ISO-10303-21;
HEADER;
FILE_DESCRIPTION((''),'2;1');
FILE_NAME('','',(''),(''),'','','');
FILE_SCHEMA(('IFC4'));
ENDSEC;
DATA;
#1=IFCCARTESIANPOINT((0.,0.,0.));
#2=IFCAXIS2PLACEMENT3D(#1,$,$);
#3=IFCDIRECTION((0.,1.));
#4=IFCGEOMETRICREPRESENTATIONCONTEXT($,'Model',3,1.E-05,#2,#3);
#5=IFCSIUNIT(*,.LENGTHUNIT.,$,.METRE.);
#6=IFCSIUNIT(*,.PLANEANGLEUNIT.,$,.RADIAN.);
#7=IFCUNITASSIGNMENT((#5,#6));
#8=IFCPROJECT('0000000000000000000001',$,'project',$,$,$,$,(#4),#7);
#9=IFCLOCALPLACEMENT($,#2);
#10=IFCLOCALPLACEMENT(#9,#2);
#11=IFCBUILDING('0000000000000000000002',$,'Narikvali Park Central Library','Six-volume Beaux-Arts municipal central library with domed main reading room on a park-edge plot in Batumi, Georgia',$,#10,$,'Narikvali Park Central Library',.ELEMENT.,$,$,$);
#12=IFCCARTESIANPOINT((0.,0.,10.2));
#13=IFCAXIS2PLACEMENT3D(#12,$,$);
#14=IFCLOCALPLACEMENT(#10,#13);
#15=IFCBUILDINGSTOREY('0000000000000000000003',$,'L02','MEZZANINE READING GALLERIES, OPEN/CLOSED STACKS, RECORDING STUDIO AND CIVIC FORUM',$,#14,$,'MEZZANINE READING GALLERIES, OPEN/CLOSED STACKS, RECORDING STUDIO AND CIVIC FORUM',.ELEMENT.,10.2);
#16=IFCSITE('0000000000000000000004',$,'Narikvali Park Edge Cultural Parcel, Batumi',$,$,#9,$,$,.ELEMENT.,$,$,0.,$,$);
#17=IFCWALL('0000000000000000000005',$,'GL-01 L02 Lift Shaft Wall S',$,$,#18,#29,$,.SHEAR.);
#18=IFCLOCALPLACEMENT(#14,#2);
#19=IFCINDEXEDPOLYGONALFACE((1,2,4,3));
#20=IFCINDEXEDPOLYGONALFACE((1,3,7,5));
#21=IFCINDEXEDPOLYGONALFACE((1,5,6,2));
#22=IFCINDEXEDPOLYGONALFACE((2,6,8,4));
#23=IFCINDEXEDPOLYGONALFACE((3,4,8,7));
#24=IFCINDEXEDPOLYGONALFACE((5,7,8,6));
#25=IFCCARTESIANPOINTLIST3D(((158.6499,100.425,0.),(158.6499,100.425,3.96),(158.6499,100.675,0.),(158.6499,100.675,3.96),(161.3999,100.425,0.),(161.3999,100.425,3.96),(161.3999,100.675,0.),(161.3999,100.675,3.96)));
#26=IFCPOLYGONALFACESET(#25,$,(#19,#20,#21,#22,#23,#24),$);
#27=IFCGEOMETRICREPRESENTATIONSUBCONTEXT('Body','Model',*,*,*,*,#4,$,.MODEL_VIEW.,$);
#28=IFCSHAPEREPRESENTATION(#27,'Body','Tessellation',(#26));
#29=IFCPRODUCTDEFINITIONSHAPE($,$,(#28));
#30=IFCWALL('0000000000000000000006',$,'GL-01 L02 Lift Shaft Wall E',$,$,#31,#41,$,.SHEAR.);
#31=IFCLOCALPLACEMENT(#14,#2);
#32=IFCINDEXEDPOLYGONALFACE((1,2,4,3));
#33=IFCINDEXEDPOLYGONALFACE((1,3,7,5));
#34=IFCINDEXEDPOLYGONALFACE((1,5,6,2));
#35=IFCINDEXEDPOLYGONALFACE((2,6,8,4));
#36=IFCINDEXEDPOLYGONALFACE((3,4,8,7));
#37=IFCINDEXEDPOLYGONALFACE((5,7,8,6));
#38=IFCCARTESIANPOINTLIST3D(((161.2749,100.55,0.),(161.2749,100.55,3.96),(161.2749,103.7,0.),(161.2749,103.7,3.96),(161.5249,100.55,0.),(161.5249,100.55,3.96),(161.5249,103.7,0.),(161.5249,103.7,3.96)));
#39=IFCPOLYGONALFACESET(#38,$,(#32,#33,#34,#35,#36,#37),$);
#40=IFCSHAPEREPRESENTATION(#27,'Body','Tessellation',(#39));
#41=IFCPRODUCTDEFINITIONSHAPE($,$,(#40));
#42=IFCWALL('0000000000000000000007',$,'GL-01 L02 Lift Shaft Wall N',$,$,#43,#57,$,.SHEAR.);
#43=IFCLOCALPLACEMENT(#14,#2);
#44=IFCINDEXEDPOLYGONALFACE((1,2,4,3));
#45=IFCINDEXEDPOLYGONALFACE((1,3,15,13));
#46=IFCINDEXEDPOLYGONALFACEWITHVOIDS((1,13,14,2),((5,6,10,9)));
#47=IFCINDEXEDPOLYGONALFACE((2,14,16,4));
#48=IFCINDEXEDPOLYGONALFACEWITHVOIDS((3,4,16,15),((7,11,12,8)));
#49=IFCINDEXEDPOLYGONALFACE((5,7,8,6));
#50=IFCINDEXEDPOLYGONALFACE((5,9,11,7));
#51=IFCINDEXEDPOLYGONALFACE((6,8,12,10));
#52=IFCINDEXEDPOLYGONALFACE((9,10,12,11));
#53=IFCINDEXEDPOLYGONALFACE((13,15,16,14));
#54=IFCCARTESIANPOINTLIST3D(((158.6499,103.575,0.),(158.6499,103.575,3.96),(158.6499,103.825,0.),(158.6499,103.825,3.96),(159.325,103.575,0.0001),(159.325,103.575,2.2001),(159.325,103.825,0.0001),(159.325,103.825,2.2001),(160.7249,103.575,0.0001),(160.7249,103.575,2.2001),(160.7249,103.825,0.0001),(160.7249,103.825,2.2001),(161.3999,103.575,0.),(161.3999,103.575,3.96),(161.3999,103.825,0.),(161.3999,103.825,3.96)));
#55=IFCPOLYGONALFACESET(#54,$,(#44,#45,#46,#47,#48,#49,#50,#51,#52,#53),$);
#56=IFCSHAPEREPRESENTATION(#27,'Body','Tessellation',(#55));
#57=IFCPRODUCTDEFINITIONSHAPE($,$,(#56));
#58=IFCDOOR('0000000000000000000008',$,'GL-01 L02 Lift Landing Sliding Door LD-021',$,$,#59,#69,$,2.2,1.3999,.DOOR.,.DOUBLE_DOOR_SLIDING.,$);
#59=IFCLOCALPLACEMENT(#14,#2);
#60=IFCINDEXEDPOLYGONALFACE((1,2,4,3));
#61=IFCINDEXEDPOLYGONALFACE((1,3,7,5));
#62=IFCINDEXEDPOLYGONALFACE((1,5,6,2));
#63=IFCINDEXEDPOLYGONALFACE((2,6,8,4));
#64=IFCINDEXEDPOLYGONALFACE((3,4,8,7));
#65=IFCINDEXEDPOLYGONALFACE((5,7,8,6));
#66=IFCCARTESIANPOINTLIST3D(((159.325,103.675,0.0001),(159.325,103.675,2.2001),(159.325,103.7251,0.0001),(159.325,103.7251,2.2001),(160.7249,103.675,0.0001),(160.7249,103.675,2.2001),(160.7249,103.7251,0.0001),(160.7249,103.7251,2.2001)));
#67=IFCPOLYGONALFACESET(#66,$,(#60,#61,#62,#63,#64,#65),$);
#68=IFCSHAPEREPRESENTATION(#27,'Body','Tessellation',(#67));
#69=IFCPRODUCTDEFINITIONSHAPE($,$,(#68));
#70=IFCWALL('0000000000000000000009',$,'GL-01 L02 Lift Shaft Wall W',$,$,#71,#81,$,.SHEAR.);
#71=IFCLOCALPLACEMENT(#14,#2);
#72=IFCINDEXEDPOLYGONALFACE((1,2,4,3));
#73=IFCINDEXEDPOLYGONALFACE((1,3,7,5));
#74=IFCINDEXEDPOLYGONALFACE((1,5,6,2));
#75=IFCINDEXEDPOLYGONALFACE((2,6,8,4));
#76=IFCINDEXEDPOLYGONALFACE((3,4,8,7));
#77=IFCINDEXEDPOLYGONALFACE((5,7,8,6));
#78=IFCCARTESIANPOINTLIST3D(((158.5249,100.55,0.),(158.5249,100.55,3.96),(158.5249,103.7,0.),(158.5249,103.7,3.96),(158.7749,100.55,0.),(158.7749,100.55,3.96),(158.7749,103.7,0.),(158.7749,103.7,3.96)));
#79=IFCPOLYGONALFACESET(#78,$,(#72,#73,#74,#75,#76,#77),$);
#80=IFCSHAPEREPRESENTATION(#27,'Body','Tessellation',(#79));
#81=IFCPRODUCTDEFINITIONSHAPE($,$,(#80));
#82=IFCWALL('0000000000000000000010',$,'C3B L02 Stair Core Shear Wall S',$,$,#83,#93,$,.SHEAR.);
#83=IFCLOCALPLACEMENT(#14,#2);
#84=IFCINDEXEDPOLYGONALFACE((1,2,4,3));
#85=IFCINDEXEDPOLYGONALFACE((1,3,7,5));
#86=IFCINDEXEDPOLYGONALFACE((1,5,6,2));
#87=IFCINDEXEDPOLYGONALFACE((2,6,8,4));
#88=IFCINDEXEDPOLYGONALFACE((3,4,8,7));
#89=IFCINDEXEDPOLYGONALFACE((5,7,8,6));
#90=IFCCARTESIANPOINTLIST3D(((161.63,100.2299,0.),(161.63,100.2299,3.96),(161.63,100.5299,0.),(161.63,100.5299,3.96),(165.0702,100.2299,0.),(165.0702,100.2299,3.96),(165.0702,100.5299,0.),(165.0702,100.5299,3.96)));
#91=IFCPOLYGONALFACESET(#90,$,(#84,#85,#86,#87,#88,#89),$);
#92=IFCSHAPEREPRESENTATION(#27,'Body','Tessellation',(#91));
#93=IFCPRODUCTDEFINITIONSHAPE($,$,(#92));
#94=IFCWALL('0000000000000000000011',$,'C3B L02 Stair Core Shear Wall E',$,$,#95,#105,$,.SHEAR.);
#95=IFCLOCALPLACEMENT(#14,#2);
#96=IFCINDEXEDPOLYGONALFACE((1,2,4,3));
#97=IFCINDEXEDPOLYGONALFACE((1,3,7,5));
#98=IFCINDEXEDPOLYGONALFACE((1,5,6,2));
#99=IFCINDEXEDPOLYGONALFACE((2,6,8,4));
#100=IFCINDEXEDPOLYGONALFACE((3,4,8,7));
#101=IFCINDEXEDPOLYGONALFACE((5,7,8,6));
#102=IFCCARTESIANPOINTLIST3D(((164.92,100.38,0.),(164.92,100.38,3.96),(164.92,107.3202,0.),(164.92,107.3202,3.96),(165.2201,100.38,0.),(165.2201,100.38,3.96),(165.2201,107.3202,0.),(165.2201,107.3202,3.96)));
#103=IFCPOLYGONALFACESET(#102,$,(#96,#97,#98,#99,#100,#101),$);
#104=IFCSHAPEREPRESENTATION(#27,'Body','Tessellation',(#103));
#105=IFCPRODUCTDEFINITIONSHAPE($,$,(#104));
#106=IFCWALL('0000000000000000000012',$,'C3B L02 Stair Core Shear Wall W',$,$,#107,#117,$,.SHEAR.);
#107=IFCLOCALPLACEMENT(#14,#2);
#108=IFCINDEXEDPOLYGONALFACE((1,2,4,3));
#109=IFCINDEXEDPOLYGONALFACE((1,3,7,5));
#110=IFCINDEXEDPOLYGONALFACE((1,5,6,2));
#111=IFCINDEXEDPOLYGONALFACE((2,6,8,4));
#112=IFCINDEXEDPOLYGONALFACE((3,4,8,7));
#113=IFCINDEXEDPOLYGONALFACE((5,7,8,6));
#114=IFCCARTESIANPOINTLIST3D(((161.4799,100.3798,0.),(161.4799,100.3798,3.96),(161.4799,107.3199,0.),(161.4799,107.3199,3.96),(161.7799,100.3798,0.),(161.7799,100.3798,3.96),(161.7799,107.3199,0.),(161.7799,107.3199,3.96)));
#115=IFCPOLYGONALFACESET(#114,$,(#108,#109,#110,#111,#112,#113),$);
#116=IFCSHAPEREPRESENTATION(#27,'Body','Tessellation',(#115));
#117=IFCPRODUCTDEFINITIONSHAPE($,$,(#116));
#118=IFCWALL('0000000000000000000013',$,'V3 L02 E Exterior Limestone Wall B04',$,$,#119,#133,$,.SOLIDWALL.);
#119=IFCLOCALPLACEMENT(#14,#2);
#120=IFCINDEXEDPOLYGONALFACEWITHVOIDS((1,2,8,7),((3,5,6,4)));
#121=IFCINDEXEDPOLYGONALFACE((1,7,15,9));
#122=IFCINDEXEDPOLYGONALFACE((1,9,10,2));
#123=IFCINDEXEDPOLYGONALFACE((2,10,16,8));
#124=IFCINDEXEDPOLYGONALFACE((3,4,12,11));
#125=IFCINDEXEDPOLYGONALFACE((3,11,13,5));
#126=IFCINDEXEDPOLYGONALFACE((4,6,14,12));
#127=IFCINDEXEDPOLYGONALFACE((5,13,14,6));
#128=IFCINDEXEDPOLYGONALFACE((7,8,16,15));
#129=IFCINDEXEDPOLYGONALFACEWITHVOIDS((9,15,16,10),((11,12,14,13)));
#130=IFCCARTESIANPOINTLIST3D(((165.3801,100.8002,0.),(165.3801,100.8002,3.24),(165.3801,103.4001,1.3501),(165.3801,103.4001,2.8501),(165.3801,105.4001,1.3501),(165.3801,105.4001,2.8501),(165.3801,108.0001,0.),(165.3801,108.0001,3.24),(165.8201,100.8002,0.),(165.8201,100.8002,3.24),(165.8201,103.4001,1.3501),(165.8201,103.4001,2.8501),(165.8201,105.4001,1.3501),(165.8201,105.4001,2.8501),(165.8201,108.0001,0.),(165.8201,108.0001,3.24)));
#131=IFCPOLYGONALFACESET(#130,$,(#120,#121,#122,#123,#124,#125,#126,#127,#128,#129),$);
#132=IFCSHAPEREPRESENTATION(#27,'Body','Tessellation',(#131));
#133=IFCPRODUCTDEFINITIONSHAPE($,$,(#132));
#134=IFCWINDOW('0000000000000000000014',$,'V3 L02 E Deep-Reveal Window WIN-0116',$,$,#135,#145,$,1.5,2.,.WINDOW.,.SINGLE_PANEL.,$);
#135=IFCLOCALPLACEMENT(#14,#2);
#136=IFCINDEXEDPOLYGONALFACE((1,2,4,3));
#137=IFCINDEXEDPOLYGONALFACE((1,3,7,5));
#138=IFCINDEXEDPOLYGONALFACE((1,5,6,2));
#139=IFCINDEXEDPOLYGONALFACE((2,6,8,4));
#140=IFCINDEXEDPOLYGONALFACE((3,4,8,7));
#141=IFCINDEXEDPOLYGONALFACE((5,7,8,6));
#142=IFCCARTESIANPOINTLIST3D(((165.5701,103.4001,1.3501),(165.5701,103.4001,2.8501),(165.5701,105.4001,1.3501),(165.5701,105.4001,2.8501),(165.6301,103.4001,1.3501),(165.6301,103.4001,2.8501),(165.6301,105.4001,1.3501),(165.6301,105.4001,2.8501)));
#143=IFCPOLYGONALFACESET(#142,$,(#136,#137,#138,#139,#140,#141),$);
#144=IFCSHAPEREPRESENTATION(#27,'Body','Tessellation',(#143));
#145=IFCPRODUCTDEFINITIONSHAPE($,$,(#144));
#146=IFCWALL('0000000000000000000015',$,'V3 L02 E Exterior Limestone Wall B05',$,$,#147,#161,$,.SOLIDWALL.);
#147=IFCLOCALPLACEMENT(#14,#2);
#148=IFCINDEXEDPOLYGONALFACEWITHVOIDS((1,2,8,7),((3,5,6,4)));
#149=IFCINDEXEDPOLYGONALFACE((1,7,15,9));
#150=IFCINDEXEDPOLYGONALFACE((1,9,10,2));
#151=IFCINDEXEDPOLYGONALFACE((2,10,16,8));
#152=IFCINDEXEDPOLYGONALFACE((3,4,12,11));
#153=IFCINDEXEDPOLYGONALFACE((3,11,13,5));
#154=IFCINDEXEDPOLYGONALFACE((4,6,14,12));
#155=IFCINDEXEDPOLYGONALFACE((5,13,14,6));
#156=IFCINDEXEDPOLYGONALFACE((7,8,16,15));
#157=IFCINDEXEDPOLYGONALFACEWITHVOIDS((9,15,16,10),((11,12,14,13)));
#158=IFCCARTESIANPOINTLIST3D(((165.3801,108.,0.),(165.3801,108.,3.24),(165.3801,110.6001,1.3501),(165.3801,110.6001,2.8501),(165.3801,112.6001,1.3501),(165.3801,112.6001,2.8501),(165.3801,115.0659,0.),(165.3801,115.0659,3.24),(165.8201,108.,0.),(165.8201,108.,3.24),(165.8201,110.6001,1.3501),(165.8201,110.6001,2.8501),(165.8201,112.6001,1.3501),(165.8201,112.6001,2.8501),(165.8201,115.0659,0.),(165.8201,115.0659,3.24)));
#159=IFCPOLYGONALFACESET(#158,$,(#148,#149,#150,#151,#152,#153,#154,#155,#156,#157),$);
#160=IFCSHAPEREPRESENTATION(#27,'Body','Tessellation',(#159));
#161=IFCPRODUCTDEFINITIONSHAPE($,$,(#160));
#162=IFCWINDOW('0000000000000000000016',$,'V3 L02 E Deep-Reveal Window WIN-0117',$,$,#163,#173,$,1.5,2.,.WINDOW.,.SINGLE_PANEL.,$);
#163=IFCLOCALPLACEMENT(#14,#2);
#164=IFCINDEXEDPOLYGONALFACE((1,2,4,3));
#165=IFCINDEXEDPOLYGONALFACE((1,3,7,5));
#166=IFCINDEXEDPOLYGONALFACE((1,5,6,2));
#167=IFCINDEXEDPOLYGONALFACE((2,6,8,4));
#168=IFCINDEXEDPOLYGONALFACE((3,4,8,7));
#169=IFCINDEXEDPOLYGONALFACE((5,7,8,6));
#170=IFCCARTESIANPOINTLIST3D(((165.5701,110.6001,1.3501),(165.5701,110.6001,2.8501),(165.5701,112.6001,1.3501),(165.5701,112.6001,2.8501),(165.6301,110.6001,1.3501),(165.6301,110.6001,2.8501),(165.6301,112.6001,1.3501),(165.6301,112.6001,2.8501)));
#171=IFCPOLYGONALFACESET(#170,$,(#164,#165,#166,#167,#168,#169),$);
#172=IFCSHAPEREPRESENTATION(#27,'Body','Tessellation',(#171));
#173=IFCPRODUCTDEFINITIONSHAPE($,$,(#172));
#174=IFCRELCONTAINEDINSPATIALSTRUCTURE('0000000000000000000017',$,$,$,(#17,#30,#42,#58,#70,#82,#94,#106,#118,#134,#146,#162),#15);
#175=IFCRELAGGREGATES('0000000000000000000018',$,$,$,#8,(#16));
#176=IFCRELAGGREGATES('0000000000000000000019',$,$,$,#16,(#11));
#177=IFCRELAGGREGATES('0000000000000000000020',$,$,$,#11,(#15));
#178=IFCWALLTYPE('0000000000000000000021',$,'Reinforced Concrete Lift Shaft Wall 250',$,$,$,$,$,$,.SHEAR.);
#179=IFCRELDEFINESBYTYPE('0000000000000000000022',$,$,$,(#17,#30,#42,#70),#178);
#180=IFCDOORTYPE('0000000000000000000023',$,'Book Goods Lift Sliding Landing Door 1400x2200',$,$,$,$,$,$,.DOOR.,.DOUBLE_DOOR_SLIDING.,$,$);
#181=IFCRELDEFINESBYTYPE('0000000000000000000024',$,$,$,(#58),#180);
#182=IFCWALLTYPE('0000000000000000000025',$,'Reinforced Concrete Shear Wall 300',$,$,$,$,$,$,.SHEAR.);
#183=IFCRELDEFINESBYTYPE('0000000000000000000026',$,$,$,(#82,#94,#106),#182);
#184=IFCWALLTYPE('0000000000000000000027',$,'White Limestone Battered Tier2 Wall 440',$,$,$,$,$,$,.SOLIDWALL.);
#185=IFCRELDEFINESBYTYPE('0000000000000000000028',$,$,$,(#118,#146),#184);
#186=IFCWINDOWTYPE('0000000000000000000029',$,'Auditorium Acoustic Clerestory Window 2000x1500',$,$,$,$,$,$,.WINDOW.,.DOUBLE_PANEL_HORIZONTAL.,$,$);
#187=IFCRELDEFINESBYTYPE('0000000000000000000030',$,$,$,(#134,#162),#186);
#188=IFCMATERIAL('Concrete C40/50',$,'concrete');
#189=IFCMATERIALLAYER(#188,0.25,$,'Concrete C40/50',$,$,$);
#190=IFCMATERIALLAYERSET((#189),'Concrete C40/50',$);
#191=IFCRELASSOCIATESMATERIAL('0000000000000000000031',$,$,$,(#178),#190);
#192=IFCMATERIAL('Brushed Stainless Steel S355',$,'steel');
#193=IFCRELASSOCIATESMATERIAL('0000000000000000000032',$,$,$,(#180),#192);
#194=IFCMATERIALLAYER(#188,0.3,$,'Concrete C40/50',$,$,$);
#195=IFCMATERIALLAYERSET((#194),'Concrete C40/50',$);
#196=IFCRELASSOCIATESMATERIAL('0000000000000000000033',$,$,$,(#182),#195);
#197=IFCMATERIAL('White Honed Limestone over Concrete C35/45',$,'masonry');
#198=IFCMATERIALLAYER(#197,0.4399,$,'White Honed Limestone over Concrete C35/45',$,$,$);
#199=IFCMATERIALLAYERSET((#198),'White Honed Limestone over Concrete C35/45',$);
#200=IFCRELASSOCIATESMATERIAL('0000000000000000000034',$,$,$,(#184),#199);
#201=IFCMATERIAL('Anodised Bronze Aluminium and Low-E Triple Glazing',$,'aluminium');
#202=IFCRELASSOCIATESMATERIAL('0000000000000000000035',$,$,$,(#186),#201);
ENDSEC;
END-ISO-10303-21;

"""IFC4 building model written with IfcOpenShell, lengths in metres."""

from ifc_helpers import new_model, si_unit, direction, frame, frame_2d, origin, place, context, subcontext, project, spatial, rectangle, extrude, material, layer, layer_set, type_object, element, fill, save


model = new_model("IFC4")

# Units and contexts
model_context = context("Model", 3, precision=1e-05, world=origin(), true_north=direction((0.0, 1.0)))
body_context = subcontext(model_context, "Body", "Model", "MODEL_VIEW")
ifc_project = project(units=[si_unit("LENGTHUNIT", "METRE"), si_unit("PLANEANGLEUNIT", "RADIAN")], contexts=[model_context])

# Site, building, storey
site_placement = place(None, origin())
site = spatial("IfcSite", under=ifc_project, at=site_placement, Name="Narikvali Park Edge Cultural Parcel, Batumi", CompositionType="ELEMENT", RefElevation=0.0)
building_placement = place(site_placement, origin())
building = spatial("IfcBuilding", under=site, at=building_placement, Name="Narikvali Park Central Library", Description="Six-volume Beaux-Arts municipal central library with domed main reading room on a park-edge plot in Batumi, Georgia", LongName="Narikvali Park Central Library", CompositionType="ELEMENT")
storey_placement = place(building_placement, frame((0.0, 0.0, 10.2)))
storey = spatial("IfcBuildingStorey", under=building, at=storey_placement, Name="L02", Description="MEZZANINE READING GALLERIES, OPEN/CLOSED STACKS, RECORDING STUDIO AND CIVIC FORUM", LongName="MEZZANINE READING GALLERIES, OPEN/CLOSED STACKS, RECORDING STUDIO AND CIVIC FORUM", CompositionType="ELEMENT", Elevation=10.2)

# Walls
ifc_material_1 = material(Name="Concrete C40/50", Category="concrete")
ifc_layer_1 = layer(ifc_material_1, 0.25, Name="Concrete C40/50")
ifc_layer_set_1 = layer_set([ifc_layer_1], Name="Concrete C40/50")
wall_type_1 = type_object("IfcWallType", Name="Reinforced Concrete Lift Shaft Wall 250", PredefinedType="SHEAR", material=ifc_layer_set_1)
wall_1_placement = place(storey_placement, frame((158.6499, 100.55, 0.0), z_axis=(0.0, 0.0, 1.0), x_axis=(1.0, 0.0, 0.0)))
element("IfcWall", 1, at=wall_1_placement, inside=storey, type_object=wall_type_1, Name="GL-01 L02 Lift Shaft Wall S", PredefinedType="SHEAR", context=body_context, shape_type="SweptSolid", body=[
    extrude(rectangle(XDim=2.75, YDim=0.25, at=frame_2d((1.375, 0.0))), origin(), (0.0, 0.0, 1.0), 3.96),
])
wall_2_placement = place(storey_placement, frame((161.3999, 100.55, 0.0), z_axis=(0.0, 0.0, 1.0), x_axis=(0.0, 1.0, 0.0)))
element("IfcWall", 2, at=wall_2_placement, inside=storey, type_object=wall_type_1, Name="GL-01 L02 Lift Shaft Wall E", PredefinedType="SHEAR", context=body_context, shape_type="SweptSolid", body=[
    extrude(rectangle(XDim=3.1499, YDim=0.25, at=frame_2d((1.575, 0.0))), origin(), (0.0, 0.0, 1.0), 3.96),
])

# Wall, opening, door
wall_3_placement = place(storey_placement, frame((161.3999, 103.7, 0.0), z_axis=(0.0, 0.0, 1.0), x_axis=(-1.0, 0.0, 0.0)))
wall_3 = element("IfcWall", 3, at=wall_3_placement, inside=storey, type_object=wall_type_1, Name="GL-01 L02 Lift Shaft Wall N", PredefinedType="SHEAR", context=body_context, shape_type="SweptSolid", body=[
    extrude(rectangle(XDim=2.75, YDim=0.25, at=frame_2d((1.375, 0.0))), origin(), (0.0, 0.0, 1.0), 3.96),
])
opening_1_placement = place(wall_3_placement, frame((0.675, 0.0, 0.0)))
opening_1 = element("IfcOpeningElement", 4, at=opening_1_placement, cuts=wall_3, PredefinedType="OPENING", context=body_context, shape_type="SweptSolid", body=[
    extrude(rectangle(XDim=1.3999, YDim=2.2, at=frame_2d((0.7, 1.1001))), frame((0.0, 0.137, 0.0), z_axis=(0.0, -1.0, 0.0), x_axis=(1.0, 0.0, 0.0)), (0.0, 0.0, 1.0), 0.2739),
])
ifc_material_2 = material(Name="Brushed Stainless Steel S355", Category="steel")
door_type_1 = type_object("IfcDoorType", Name="Book Goods Lift Sliding Landing Door 1400x2200", OperationType="DOUBLE_DOOR_SLIDING", PredefinedType="DOOR", material=ifc_material_2)
door_1_placement = place(opening_1_placement, origin())
door_1 = element("IfcDoor", 5, at=door_1_placement, inside=storey, type_object=door_type_1, Name="GL-01 L02 Lift Landing Sliding Door LD-021", OperationType="DOUBLE_DOOR_SLIDING", OverallHeight=2.2, OverallWidth=1.3999, PredefinedType="DOOR", context=body_context, shape_type="SweptSolid", body=[
    extrude(rectangle(XDim=1.3999, YDim=2.2, at=frame_2d((0.7, 1.1001))), frame((0.0, 0.0249, 0.0), z_axis=(0.0, -1.0, 0.0), x_axis=(1.0, 0.0, 0.0)), (0.0, 0.0, 1.0), 0.05),
])
fill(opening_1, door_1)

# Walls
wall_4_placement = place(storey_placement, frame((158.6499, 103.7, 0.0), z_axis=(0.0, 0.0, 1.0), x_axis=(0.0, -1.0, 0.0)))
element("IfcWall", 6, at=wall_4_placement, inside=storey, type_object=wall_type_1, Name="GL-01 L02 Lift Shaft Wall W", PredefinedType="SHEAR", context=body_context, shape_type="SweptSolid", body=[
    extrude(rectangle(XDim=3.1499, YDim=0.25, at=frame_2d((1.575, 0.0))), origin(), (0.0, 0.0, 1.0), 3.96),
])
ifc_layer_2 = layer(ifc_material_1, 0.3, Name="Concrete C40/50")
ifc_layer_set_2 = layer_set([ifc_layer_2], Name="Concrete C40/50")
wall_type_2 = type_object("IfcWallType", Name="Reinforced Concrete Shear Wall 300", PredefinedType="SHEAR", material=ifc_layer_set_2)
wall_5_placement = place(storey_placement, frame((161.6299, 100.3799, 0.0), z_axis=(0.0, 0.0, 1.0), x_axis=(1.0, 0.0, 0.0)))
element("IfcWall", 7, at=wall_5_placement, inside=storey, type_object=wall_type_2, Name="C3B L02 Stair Core Shear Wall S", PredefinedType="SHEAR", context=body_context, shape_type="SweptSolid", body=[
    extrude(rectangle(XDim=3.4402, YDim=0.3, at=frame_2d((1.7202, 0.0))), origin(), (0.0, 0.0, 1.0), 3.96),
])
wall_6_placement = place(storey_placement, frame((165.0701, 100.3799, 0.0), z_axis=(0.0, 0.0, 1.0), x_axis=(0.0, 1.0, 0.0)))
element("IfcWall", 8, at=wall_6_placement, inside=storey, type_object=wall_type_2, Name="C3B L02 Stair Core Shear Wall E", PredefinedType="SHEAR", context=body_context, shape_type="SweptSolid", body=[
    extrude(rectangle(XDim=6.9402, YDim=0.3, at=frame_2d((3.4702, 0.0))), origin(), (0.0, 0.0, 1.0), 3.96),
])

# Wall
wall_7_placement = place(storey_placement, frame((161.6299, 107.3201, 0.0), z_axis=(0.0, 0.0, 1.0), x_axis=(0.0, -1.0, 0.0)))
element("IfcWall", 9, at=wall_7_placement, inside=storey, type_object=wall_type_2, Name="C3B L02 Stair Core Shear Wall W", PredefinedType="SHEAR", context=body_context, shape_type="SweptSolid", body=[
    extrude(rectangle(XDim=6.9402, YDim=0.3, at=frame_2d((3.4702, 0.0))), origin(), (0.0, 0.0, 1.0), 3.96),
])

# Walls, openings, windows
ifc_material_3 = material(Name="White Honed Limestone over Concrete C35/45", Category="masonry")
ifc_layer_3 = layer(ifc_material_3, 0.4399, Name="White Honed Limestone over Concrete C35/45")
ifc_layer_set_3 = layer_set([ifc_layer_3], Name="White Honed Limestone over Concrete C35/45")
wall_type_3 = type_object("IfcWallType", Name="White Limestone Battered Tier2 Wall 440", PredefinedType="SOLIDWALL", material=ifc_layer_set_3)
wall_8_placement = place(storey_placement, frame((165.6001, 100.8, 0.0), z_axis=(0.0, 0.0, 1.0), x_axis=(0.0, 1.0, 0.0)))
wall_8 = element("IfcWall", 10, at=wall_8_placement, inside=storey, type_object=wall_type_3, Name="V3 L02 E Exterior Limestone Wall B04", PredefinedType="SOLIDWALL", context=body_context, shape_type="SweptSolid", body=[
    extrude(rectangle(XDim=7.2, YDim=0.4399, at=frame_2d((3.6001, 0.0))), origin(), (0.0, 0.0, 1.0), 3.24),
])
opening_2_placement = place(wall_8_placement, frame((2.6001, 0.0, 1.3501)))
opening_2 = element("IfcOpeningElement", 11, at=opening_2_placement, cuts=wall_8, PredefinedType="OPENING", context=body_context, shape_type="SweptSolid", body=[
    extrude(rectangle(XDim=2.0, YDim=1.5, at=frame_2d((1.0, 0.75))), frame((0.0, 0.2319, 0.0), z_axis=(0.0, -1.0, 0.0), x_axis=(1.0, 0.0, 0.0)), (0.0, 0.0, 1.0), 0.4639),
])
ifc_material_4 = material(Name="Anodised Bronze Aluminium and Low-E Triple Glazing", Category="aluminium")
window_type = type_object("IfcWindowType", Name="Auditorium Acoustic Clerestory Window 2000x1500", PartitioningType="DOUBLE_PANEL_HORIZONTAL", PredefinedType="WINDOW", material=ifc_material_4)
window_1_placement = place(opening_2_placement, origin())
window_1 = element("IfcWindow", 12, at=window_1_placement, inside=storey, type_object=window_type, Name="V3 L02 E Deep-Reveal Window WIN-0116", OverallHeight=1.5, OverallWidth=2.0, PartitioningType="SINGLE_PANEL", PredefinedType="WINDOW", context=body_context, shape_type="SweptSolid", body=[
    extrude(rectangle(XDim=2.0, YDim=1.5, at=frame_2d((1.0, 0.75))), frame((0.0, 0.03, 0.0), z_axis=(0.0, -1.0, 0.0), x_axis=(1.0, 0.0, 0.0)), (0.0, 0.0, 1.0), 0.0601),
])
fill(opening_2, window_1)
wall_9_placement = place(storey_placement, frame((165.6001, 108.0, 0.0), z_axis=(0.0, 0.0, 1.0), x_axis=(0.0, 1.0, 0.0)))
wall_9 = element("IfcWall", 13, at=wall_9_placement, inside=storey, type_object=wall_type_3, Name="V3 L02 E Exterior Limestone Wall B05", PredefinedType="SOLIDWALL", context=body_context, shape_type="SweptSolid", body=[
    extrude(rectangle(XDim=7.0659, YDim=0.4399, at=frame_2d((3.533, 0.0))), origin(), (0.0, 0.0, 1.0), 3.24),
])
opening_3_placement = place(wall_9_placement, frame((2.6001, 0.0, 1.3501)))
opening_3 = element("IfcOpeningElement", 14, at=opening_3_placement, cuts=wall_9, PredefinedType="OPENING", context=body_context, shape_type="SweptSolid", body=[
    extrude(rectangle(XDim=2.0, YDim=1.5, at=frame_2d((1.0, 0.75))), frame((0.0, 0.2319, 0.0), z_axis=(0.0, -1.0, 0.0), x_axis=(1.0, 0.0, 0.0)), (0.0, 0.0, 1.0), 0.4639),
])
window_2_placement = place(opening_3_placement, origin())
window_2 = element("IfcWindow", 15, at=window_2_placement, inside=storey, type_object=window_type, Name="V3 L02 E Deep-Reveal Window WIN-0117", OverallHeight=1.5, OverallWidth=2.0, PartitioningType="SINGLE_PANEL", PredefinedType="WINDOW", context=body_context, shape_type="SweptSolid", body=[
    extrude(rectangle(XDim=2.0, YDim=1.5, at=frame_2d((1.0, 0.75))), frame((0.0, 0.03, 0.0), z_axis=(0.0, -1.0, 0.0), x_axis=(1.0, 0.0, 0.0)), (0.0, 0.0, 1.0), 0.0601),
])
fill(opening_3, window_2)

save(model, "model.ifc")
